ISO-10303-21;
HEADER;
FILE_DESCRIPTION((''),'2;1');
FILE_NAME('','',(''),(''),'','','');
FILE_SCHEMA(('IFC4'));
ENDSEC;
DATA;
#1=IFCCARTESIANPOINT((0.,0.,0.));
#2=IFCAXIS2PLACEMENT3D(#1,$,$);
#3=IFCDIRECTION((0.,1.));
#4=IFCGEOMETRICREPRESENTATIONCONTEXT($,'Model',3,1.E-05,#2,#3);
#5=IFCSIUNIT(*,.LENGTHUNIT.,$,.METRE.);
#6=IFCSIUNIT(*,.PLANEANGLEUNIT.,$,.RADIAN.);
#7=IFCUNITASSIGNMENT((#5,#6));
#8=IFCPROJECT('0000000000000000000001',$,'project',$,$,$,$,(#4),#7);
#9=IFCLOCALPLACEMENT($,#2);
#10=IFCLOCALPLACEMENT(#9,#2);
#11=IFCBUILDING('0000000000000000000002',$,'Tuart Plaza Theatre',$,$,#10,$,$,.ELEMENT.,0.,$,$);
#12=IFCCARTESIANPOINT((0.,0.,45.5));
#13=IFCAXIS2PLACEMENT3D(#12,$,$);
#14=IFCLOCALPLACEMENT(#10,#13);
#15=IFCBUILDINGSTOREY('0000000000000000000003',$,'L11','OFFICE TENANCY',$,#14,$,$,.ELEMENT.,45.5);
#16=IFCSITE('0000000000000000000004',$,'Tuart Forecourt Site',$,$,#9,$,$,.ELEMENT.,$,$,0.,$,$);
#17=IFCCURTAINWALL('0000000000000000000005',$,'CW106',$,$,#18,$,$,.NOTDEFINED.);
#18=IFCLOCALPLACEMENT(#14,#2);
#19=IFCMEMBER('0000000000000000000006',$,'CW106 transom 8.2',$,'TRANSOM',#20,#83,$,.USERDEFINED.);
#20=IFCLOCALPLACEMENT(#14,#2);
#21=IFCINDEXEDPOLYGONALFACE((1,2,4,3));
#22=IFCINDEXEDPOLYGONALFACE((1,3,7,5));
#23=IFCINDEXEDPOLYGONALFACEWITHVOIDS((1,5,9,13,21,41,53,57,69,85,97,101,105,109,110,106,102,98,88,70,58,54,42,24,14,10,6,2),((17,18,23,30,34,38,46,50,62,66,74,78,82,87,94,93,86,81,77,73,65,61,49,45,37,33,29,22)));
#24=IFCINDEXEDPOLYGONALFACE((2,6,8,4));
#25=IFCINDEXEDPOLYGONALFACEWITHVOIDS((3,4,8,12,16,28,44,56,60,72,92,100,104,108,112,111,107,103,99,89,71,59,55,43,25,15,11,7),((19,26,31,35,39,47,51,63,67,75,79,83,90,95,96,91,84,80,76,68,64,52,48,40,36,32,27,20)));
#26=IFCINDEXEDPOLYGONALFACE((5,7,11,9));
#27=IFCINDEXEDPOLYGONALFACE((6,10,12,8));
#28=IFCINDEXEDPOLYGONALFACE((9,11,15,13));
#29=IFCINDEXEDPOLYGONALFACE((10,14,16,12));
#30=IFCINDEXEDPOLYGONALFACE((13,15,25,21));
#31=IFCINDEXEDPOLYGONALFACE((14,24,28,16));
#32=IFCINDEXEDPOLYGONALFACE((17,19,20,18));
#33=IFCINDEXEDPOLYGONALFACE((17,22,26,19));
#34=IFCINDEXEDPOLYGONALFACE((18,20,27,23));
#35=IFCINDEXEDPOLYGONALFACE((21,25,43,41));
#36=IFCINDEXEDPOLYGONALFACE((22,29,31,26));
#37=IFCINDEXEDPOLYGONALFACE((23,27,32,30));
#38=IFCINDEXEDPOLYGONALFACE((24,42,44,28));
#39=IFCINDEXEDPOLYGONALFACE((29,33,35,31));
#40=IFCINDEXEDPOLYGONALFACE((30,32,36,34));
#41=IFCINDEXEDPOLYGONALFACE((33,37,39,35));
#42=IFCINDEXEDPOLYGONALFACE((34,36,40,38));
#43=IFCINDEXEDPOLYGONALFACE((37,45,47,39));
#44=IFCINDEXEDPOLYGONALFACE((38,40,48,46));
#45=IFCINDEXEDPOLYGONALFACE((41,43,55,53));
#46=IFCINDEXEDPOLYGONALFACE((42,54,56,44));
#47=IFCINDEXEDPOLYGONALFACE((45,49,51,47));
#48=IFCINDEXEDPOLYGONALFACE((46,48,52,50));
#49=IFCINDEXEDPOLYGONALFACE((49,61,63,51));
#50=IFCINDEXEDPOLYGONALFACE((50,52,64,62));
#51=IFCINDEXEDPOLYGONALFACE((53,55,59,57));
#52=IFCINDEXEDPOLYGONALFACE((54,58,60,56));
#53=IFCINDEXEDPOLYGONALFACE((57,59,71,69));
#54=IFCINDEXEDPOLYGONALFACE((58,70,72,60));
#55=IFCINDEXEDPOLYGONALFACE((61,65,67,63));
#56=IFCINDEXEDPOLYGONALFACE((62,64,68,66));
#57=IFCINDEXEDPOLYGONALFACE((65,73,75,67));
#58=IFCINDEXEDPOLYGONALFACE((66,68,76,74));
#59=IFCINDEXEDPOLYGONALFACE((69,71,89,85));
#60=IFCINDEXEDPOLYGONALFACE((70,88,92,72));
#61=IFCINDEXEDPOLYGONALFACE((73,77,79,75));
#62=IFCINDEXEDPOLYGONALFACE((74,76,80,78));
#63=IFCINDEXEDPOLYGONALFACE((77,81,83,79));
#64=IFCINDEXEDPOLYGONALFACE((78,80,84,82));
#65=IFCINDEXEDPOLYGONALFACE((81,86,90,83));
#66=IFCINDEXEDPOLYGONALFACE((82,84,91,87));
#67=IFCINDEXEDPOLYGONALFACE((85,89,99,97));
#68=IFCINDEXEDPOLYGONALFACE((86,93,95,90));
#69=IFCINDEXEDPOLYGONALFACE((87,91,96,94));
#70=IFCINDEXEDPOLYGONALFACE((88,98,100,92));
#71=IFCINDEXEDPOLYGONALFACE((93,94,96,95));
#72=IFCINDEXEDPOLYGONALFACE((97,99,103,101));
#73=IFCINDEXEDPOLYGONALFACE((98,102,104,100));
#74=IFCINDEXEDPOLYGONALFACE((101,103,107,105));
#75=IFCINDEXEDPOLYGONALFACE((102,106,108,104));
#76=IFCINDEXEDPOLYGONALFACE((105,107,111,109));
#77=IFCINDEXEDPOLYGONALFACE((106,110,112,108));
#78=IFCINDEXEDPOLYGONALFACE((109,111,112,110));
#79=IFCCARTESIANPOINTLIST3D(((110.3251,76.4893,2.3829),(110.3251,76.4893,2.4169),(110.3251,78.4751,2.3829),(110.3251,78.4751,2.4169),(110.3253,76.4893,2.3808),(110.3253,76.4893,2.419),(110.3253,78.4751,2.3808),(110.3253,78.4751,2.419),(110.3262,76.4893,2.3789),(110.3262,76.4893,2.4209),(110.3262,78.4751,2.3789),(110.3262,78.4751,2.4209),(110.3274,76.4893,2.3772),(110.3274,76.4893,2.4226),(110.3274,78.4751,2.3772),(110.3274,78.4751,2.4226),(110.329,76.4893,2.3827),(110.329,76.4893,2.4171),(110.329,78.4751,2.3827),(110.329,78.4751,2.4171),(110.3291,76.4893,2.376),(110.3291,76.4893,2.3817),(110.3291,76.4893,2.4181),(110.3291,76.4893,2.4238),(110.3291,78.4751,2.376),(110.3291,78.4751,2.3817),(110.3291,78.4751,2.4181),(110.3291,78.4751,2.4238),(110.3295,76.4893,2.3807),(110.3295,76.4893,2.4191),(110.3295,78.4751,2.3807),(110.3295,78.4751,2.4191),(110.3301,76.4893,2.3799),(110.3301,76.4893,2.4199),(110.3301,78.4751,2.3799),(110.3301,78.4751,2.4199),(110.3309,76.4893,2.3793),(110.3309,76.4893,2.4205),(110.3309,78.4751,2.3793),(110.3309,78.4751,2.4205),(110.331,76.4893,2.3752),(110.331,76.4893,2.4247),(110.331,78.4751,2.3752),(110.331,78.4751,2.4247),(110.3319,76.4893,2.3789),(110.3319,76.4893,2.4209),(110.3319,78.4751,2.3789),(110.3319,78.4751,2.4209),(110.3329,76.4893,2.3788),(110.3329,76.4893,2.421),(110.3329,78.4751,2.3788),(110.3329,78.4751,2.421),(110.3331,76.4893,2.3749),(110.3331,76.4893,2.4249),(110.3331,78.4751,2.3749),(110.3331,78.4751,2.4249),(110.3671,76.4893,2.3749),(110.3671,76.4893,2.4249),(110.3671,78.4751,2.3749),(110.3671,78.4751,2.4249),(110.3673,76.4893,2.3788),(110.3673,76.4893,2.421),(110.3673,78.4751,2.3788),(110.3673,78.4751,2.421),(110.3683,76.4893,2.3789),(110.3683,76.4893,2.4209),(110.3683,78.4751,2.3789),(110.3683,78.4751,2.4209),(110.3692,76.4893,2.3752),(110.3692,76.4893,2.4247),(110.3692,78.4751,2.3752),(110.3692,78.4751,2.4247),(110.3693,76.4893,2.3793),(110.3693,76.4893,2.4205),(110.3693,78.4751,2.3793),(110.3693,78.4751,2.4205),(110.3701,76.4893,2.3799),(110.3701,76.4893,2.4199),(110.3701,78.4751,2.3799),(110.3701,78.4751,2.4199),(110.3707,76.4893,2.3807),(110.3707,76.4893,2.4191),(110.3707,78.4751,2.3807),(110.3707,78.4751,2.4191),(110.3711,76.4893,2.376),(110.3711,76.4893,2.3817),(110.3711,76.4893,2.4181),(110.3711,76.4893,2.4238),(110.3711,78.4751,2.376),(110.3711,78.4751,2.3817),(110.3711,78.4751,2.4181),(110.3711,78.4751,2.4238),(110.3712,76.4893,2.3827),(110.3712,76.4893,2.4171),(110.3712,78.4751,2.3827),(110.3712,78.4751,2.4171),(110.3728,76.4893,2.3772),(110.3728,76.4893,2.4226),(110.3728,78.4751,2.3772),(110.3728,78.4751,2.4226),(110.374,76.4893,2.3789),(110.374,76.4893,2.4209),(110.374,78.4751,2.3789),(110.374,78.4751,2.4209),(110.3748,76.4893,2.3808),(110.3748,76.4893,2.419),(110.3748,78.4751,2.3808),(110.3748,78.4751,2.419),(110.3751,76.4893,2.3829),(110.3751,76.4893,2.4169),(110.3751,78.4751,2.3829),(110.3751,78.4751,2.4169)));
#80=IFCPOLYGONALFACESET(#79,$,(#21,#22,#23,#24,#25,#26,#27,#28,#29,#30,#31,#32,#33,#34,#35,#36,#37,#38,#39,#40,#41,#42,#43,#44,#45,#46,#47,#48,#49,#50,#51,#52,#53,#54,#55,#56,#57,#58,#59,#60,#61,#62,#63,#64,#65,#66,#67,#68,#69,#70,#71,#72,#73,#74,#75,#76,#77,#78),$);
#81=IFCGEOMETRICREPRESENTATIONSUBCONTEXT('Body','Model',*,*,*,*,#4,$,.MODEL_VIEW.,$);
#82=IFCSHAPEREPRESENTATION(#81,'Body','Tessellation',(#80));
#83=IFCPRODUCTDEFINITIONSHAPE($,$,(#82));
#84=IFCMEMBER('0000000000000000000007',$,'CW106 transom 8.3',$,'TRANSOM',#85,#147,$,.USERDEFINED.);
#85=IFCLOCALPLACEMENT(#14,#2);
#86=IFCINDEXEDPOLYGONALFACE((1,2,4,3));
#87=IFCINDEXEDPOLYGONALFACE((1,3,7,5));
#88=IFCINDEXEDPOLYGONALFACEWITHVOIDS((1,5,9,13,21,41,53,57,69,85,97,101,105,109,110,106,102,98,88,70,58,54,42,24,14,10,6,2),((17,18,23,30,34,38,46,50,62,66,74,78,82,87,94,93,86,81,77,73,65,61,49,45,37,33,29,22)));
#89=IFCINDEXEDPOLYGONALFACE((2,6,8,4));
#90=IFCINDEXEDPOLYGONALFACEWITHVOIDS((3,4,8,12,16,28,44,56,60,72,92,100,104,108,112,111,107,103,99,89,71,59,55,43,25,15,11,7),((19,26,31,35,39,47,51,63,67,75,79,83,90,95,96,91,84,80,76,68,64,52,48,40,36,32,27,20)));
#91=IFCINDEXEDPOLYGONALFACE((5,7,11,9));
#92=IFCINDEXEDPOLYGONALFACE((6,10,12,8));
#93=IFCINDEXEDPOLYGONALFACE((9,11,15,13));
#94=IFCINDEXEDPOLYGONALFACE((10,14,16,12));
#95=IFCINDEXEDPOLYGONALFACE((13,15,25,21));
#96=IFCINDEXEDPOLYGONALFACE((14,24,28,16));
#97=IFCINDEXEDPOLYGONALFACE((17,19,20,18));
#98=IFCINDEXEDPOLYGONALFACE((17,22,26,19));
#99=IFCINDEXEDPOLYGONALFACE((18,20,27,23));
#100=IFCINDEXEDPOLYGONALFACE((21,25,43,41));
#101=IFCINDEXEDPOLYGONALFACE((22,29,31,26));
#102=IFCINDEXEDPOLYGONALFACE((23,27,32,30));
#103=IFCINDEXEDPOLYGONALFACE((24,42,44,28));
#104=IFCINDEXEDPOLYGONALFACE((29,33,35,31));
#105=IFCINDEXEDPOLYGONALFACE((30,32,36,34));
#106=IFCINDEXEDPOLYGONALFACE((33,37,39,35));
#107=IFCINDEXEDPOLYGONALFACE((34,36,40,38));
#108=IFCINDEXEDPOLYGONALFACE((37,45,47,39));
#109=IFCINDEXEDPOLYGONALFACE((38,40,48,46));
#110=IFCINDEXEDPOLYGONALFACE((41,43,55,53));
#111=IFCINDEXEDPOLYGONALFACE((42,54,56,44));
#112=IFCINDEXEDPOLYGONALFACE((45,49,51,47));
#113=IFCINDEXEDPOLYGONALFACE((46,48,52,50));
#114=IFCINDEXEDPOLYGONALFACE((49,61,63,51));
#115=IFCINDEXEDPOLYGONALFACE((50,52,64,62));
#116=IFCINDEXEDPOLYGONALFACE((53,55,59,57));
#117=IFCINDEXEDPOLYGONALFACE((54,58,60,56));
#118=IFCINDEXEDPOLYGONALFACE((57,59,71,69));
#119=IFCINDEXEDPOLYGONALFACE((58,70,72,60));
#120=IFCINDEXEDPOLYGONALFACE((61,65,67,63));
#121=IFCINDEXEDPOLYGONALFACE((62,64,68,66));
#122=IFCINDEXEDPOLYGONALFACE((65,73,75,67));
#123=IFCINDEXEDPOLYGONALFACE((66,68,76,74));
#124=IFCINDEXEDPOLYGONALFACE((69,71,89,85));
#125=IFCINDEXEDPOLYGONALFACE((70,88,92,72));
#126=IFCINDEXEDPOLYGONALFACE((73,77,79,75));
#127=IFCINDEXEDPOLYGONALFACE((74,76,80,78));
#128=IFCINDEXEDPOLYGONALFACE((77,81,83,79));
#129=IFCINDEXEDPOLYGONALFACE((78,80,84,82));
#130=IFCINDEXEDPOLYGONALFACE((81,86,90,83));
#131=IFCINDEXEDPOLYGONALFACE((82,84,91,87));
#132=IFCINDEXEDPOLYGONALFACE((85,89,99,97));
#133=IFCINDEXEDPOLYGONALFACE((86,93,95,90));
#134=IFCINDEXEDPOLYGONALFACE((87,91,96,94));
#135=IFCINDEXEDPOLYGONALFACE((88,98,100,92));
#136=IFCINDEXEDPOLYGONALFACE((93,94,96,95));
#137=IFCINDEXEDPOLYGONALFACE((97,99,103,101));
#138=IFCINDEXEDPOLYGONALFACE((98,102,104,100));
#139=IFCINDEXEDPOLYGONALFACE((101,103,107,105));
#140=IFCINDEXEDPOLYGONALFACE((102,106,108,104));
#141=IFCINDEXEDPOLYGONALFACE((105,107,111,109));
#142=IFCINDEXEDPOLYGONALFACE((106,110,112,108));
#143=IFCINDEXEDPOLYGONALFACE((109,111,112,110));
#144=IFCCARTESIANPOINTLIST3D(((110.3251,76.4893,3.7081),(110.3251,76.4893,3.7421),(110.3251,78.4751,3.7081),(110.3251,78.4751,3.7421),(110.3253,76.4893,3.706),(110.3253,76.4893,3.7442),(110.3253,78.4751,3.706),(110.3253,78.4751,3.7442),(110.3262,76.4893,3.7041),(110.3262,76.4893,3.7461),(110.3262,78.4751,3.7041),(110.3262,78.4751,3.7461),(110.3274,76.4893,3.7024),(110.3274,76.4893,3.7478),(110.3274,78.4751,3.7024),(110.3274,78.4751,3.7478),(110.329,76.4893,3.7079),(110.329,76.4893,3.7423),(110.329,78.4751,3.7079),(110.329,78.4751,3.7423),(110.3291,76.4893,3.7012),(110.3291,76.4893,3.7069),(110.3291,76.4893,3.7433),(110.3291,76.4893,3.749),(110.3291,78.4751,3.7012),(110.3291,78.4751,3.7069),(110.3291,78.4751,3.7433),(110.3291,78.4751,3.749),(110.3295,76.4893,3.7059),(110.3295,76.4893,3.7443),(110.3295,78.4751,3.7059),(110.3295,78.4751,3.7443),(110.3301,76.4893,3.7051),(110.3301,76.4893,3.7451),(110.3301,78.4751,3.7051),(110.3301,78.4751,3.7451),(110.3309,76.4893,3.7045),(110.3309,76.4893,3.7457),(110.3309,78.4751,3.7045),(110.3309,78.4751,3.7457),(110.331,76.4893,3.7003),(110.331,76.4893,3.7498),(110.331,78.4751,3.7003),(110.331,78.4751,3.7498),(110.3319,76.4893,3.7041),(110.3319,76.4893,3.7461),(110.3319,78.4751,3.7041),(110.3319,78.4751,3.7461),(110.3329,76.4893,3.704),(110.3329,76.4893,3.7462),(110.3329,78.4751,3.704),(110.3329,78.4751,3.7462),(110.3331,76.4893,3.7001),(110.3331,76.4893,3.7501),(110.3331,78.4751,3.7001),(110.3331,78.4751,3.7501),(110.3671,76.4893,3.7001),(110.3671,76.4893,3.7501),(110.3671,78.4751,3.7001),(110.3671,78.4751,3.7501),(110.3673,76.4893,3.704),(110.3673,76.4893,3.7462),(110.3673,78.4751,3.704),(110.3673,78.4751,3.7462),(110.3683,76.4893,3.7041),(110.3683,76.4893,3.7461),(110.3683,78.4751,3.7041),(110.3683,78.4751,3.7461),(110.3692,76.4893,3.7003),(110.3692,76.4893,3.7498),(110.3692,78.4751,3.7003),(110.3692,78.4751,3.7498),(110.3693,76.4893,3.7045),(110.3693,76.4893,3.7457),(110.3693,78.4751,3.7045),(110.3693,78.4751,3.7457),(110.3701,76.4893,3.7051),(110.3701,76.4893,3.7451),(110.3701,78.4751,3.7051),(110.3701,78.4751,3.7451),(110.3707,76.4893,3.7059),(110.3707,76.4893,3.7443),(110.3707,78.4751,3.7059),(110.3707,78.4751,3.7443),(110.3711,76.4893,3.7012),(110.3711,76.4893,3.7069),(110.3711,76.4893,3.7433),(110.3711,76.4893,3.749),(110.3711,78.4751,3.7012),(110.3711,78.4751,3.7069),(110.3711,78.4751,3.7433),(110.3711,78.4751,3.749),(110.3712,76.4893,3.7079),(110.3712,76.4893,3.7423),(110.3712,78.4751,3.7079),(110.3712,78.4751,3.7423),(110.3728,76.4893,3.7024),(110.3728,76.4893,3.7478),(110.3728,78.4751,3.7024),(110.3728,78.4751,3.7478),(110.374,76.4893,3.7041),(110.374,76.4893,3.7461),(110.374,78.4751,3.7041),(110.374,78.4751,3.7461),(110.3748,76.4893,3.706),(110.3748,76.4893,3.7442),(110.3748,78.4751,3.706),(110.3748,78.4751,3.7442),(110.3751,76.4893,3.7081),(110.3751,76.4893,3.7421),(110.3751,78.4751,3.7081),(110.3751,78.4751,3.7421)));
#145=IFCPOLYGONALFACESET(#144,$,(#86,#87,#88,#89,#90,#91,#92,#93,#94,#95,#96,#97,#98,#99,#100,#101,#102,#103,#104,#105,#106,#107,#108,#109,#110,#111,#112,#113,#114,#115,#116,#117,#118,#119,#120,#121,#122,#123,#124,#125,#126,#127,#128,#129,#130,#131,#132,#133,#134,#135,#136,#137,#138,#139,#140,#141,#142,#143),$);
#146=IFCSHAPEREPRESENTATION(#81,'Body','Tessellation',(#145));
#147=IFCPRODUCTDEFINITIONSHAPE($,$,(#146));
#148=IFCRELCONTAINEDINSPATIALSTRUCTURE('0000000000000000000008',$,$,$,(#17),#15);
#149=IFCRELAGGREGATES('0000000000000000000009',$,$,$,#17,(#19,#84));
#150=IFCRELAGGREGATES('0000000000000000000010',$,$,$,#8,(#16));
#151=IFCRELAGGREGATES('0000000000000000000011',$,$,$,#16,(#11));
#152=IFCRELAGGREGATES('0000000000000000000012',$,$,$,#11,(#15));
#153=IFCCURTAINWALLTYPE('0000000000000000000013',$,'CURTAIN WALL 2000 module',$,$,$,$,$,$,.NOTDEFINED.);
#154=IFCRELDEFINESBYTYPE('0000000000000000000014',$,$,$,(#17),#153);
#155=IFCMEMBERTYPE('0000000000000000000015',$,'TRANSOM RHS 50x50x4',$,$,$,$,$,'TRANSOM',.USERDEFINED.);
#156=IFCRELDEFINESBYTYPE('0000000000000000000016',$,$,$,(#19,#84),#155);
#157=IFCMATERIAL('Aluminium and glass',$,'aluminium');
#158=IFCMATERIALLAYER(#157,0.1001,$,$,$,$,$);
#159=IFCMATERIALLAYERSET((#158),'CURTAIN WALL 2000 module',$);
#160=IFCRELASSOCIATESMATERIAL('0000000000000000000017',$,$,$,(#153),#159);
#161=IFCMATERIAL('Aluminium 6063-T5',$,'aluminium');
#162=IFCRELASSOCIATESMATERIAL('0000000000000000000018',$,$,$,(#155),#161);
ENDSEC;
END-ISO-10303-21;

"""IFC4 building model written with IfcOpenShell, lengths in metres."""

from ifc_helpers import new_model, si_unit, direction, frame, origin, origin_2d, place, context, subcontext, project, spatial, hollow_rectangle, extrude, material, layer, layer_set, material_profile, profile_set, type_object, element, aggregate, save


model = new_model("IFC4")

# Units and contexts
model_context = context("Model", 3, precision=1e-05, world=origin(), true_north=direction((0.0, 1.0)))
body_context = subcontext(model_context, "Body", "Model", "MODEL_VIEW")
ifc_project = project(units=[si_unit("LENGTHUNIT", "METRE"), si_unit("PLANEANGLEUNIT", "RADIAN")], contexts=[model_context])

# Site, building, storey
site_placement = place(None, origin())
site = spatial("IfcSite", under=ifc_project, at=site_placement, Name="Tuart Forecourt Site", CompositionType="ELEMENT", RefElevation=0.0)
building_placement = place(site_placement, origin())
building = spatial("IfcBuilding", under=site, at=building_placement, Name="Tuart Plaza Theatre", CompositionType="ELEMENT", ElevationOfRefHeight=0.0)
storey_placement = place(building_placement, frame((0.0, 0.0, 45.5)))
storey = spatial("IfcBuildingStorey", under=building, at=storey_placement, Name="L11", Description="OFFICE TENANCY", CompositionType="ELEMENT", Elevation=45.5)

# Curtain wall, members
ifc_material_1 = material(Name="Aluminium and glass", Category="aluminium")
ifc_layer_1 = layer(ifc_material_1, 0.1001)
ifc_layer_set_1 = layer_set([ifc_layer_1], Name="CURTAIN WALL 2000 module")
curtain_wall_type = type_object("IfcCurtainWallType", Name="CURTAIN WALL 2000 module", PredefinedType="NOTDEFINED", material=ifc_layer_set_1)
curtain_wall_placement = place(storey_placement, origin())
curtain_wall = element("IfcCurtainWall", 1, at=curtain_wall_placement, inside=storey, type_object=curtain_wall_type, Name="CW106", PredefinedType="NOTDEFINED")
ifc_material_2 = material(Name="Aluminium 6063-T5", Category="aluminium")
ifc_material_profile = material_profile(ifc_material_2, hollow_rectangle(XDim=0.05, YDim=0.05, WallThickness=0.0039, InnerFilletRadius=0.0039, OuterFilletRadius=0.0081, at=origin_2d()), Name="RHS 50x50x4")
ifc_profile_set = profile_set([ifc_material_profile], Name="Aluminium 6063-T5")
member_type = type_object("IfcMemberType", Name="TRANSOM RHS 50x50x4", ElementType="TRANSOM", PredefinedType="USERDEFINED", material=ifc_profile_set)
member_1_placement = place(storey_placement, frame((110.3501, 78.4751, 2.3999), z_axis=(0.0, -1.0, 0.0), x_axis=(1.0, 0.0, 0.0)))
member_1 = element("IfcMember", 2, at=member_1_placement, type_object=member_type, Name="CW106 transom 8.2", ObjectType="TRANSOM", PredefinedType="USERDEFINED", context=body_context, shape_type="SweptSolid", body=[
    extrude(hollow_rectangle(XDim=0.05, YDim=0.05, WallThickness=0.0039, InnerFilletRadius=0.0039, OuterFilletRadius=0.0081, at=origin_2d()), origin(), (0.0, 0.0, 1.0), 1.9858),
])
member_2_placement = place(storey_placement, frame((110.3501, 78.4751, 3.7251), z_axis=(0.0, -1.0, 0.0), x_axis=(1.0, 0.0, 0.0)))
member_2 = element("IfcMember", 3, at=member_2_placement, type_object=member_type, Name="CW106 transom 8.3", ObjectType="TRANSOM", PredefinedType="USERDEFINED", context=body_context, shape_type="SweptSolid", body=[
    extrude(hollow_rectangle(XDim=0.05, YDim=0.05, WallThickness=0.0039, InnerFilletRadius=0.0039, OuterFilletRadius=0.0081, at=origin_2d()), origin(), (0.0, 0.0, 1.0), 1.9858),
])
aggregate(curtain_wall, [member_1, member_2])

save(model, "model.ifc")
